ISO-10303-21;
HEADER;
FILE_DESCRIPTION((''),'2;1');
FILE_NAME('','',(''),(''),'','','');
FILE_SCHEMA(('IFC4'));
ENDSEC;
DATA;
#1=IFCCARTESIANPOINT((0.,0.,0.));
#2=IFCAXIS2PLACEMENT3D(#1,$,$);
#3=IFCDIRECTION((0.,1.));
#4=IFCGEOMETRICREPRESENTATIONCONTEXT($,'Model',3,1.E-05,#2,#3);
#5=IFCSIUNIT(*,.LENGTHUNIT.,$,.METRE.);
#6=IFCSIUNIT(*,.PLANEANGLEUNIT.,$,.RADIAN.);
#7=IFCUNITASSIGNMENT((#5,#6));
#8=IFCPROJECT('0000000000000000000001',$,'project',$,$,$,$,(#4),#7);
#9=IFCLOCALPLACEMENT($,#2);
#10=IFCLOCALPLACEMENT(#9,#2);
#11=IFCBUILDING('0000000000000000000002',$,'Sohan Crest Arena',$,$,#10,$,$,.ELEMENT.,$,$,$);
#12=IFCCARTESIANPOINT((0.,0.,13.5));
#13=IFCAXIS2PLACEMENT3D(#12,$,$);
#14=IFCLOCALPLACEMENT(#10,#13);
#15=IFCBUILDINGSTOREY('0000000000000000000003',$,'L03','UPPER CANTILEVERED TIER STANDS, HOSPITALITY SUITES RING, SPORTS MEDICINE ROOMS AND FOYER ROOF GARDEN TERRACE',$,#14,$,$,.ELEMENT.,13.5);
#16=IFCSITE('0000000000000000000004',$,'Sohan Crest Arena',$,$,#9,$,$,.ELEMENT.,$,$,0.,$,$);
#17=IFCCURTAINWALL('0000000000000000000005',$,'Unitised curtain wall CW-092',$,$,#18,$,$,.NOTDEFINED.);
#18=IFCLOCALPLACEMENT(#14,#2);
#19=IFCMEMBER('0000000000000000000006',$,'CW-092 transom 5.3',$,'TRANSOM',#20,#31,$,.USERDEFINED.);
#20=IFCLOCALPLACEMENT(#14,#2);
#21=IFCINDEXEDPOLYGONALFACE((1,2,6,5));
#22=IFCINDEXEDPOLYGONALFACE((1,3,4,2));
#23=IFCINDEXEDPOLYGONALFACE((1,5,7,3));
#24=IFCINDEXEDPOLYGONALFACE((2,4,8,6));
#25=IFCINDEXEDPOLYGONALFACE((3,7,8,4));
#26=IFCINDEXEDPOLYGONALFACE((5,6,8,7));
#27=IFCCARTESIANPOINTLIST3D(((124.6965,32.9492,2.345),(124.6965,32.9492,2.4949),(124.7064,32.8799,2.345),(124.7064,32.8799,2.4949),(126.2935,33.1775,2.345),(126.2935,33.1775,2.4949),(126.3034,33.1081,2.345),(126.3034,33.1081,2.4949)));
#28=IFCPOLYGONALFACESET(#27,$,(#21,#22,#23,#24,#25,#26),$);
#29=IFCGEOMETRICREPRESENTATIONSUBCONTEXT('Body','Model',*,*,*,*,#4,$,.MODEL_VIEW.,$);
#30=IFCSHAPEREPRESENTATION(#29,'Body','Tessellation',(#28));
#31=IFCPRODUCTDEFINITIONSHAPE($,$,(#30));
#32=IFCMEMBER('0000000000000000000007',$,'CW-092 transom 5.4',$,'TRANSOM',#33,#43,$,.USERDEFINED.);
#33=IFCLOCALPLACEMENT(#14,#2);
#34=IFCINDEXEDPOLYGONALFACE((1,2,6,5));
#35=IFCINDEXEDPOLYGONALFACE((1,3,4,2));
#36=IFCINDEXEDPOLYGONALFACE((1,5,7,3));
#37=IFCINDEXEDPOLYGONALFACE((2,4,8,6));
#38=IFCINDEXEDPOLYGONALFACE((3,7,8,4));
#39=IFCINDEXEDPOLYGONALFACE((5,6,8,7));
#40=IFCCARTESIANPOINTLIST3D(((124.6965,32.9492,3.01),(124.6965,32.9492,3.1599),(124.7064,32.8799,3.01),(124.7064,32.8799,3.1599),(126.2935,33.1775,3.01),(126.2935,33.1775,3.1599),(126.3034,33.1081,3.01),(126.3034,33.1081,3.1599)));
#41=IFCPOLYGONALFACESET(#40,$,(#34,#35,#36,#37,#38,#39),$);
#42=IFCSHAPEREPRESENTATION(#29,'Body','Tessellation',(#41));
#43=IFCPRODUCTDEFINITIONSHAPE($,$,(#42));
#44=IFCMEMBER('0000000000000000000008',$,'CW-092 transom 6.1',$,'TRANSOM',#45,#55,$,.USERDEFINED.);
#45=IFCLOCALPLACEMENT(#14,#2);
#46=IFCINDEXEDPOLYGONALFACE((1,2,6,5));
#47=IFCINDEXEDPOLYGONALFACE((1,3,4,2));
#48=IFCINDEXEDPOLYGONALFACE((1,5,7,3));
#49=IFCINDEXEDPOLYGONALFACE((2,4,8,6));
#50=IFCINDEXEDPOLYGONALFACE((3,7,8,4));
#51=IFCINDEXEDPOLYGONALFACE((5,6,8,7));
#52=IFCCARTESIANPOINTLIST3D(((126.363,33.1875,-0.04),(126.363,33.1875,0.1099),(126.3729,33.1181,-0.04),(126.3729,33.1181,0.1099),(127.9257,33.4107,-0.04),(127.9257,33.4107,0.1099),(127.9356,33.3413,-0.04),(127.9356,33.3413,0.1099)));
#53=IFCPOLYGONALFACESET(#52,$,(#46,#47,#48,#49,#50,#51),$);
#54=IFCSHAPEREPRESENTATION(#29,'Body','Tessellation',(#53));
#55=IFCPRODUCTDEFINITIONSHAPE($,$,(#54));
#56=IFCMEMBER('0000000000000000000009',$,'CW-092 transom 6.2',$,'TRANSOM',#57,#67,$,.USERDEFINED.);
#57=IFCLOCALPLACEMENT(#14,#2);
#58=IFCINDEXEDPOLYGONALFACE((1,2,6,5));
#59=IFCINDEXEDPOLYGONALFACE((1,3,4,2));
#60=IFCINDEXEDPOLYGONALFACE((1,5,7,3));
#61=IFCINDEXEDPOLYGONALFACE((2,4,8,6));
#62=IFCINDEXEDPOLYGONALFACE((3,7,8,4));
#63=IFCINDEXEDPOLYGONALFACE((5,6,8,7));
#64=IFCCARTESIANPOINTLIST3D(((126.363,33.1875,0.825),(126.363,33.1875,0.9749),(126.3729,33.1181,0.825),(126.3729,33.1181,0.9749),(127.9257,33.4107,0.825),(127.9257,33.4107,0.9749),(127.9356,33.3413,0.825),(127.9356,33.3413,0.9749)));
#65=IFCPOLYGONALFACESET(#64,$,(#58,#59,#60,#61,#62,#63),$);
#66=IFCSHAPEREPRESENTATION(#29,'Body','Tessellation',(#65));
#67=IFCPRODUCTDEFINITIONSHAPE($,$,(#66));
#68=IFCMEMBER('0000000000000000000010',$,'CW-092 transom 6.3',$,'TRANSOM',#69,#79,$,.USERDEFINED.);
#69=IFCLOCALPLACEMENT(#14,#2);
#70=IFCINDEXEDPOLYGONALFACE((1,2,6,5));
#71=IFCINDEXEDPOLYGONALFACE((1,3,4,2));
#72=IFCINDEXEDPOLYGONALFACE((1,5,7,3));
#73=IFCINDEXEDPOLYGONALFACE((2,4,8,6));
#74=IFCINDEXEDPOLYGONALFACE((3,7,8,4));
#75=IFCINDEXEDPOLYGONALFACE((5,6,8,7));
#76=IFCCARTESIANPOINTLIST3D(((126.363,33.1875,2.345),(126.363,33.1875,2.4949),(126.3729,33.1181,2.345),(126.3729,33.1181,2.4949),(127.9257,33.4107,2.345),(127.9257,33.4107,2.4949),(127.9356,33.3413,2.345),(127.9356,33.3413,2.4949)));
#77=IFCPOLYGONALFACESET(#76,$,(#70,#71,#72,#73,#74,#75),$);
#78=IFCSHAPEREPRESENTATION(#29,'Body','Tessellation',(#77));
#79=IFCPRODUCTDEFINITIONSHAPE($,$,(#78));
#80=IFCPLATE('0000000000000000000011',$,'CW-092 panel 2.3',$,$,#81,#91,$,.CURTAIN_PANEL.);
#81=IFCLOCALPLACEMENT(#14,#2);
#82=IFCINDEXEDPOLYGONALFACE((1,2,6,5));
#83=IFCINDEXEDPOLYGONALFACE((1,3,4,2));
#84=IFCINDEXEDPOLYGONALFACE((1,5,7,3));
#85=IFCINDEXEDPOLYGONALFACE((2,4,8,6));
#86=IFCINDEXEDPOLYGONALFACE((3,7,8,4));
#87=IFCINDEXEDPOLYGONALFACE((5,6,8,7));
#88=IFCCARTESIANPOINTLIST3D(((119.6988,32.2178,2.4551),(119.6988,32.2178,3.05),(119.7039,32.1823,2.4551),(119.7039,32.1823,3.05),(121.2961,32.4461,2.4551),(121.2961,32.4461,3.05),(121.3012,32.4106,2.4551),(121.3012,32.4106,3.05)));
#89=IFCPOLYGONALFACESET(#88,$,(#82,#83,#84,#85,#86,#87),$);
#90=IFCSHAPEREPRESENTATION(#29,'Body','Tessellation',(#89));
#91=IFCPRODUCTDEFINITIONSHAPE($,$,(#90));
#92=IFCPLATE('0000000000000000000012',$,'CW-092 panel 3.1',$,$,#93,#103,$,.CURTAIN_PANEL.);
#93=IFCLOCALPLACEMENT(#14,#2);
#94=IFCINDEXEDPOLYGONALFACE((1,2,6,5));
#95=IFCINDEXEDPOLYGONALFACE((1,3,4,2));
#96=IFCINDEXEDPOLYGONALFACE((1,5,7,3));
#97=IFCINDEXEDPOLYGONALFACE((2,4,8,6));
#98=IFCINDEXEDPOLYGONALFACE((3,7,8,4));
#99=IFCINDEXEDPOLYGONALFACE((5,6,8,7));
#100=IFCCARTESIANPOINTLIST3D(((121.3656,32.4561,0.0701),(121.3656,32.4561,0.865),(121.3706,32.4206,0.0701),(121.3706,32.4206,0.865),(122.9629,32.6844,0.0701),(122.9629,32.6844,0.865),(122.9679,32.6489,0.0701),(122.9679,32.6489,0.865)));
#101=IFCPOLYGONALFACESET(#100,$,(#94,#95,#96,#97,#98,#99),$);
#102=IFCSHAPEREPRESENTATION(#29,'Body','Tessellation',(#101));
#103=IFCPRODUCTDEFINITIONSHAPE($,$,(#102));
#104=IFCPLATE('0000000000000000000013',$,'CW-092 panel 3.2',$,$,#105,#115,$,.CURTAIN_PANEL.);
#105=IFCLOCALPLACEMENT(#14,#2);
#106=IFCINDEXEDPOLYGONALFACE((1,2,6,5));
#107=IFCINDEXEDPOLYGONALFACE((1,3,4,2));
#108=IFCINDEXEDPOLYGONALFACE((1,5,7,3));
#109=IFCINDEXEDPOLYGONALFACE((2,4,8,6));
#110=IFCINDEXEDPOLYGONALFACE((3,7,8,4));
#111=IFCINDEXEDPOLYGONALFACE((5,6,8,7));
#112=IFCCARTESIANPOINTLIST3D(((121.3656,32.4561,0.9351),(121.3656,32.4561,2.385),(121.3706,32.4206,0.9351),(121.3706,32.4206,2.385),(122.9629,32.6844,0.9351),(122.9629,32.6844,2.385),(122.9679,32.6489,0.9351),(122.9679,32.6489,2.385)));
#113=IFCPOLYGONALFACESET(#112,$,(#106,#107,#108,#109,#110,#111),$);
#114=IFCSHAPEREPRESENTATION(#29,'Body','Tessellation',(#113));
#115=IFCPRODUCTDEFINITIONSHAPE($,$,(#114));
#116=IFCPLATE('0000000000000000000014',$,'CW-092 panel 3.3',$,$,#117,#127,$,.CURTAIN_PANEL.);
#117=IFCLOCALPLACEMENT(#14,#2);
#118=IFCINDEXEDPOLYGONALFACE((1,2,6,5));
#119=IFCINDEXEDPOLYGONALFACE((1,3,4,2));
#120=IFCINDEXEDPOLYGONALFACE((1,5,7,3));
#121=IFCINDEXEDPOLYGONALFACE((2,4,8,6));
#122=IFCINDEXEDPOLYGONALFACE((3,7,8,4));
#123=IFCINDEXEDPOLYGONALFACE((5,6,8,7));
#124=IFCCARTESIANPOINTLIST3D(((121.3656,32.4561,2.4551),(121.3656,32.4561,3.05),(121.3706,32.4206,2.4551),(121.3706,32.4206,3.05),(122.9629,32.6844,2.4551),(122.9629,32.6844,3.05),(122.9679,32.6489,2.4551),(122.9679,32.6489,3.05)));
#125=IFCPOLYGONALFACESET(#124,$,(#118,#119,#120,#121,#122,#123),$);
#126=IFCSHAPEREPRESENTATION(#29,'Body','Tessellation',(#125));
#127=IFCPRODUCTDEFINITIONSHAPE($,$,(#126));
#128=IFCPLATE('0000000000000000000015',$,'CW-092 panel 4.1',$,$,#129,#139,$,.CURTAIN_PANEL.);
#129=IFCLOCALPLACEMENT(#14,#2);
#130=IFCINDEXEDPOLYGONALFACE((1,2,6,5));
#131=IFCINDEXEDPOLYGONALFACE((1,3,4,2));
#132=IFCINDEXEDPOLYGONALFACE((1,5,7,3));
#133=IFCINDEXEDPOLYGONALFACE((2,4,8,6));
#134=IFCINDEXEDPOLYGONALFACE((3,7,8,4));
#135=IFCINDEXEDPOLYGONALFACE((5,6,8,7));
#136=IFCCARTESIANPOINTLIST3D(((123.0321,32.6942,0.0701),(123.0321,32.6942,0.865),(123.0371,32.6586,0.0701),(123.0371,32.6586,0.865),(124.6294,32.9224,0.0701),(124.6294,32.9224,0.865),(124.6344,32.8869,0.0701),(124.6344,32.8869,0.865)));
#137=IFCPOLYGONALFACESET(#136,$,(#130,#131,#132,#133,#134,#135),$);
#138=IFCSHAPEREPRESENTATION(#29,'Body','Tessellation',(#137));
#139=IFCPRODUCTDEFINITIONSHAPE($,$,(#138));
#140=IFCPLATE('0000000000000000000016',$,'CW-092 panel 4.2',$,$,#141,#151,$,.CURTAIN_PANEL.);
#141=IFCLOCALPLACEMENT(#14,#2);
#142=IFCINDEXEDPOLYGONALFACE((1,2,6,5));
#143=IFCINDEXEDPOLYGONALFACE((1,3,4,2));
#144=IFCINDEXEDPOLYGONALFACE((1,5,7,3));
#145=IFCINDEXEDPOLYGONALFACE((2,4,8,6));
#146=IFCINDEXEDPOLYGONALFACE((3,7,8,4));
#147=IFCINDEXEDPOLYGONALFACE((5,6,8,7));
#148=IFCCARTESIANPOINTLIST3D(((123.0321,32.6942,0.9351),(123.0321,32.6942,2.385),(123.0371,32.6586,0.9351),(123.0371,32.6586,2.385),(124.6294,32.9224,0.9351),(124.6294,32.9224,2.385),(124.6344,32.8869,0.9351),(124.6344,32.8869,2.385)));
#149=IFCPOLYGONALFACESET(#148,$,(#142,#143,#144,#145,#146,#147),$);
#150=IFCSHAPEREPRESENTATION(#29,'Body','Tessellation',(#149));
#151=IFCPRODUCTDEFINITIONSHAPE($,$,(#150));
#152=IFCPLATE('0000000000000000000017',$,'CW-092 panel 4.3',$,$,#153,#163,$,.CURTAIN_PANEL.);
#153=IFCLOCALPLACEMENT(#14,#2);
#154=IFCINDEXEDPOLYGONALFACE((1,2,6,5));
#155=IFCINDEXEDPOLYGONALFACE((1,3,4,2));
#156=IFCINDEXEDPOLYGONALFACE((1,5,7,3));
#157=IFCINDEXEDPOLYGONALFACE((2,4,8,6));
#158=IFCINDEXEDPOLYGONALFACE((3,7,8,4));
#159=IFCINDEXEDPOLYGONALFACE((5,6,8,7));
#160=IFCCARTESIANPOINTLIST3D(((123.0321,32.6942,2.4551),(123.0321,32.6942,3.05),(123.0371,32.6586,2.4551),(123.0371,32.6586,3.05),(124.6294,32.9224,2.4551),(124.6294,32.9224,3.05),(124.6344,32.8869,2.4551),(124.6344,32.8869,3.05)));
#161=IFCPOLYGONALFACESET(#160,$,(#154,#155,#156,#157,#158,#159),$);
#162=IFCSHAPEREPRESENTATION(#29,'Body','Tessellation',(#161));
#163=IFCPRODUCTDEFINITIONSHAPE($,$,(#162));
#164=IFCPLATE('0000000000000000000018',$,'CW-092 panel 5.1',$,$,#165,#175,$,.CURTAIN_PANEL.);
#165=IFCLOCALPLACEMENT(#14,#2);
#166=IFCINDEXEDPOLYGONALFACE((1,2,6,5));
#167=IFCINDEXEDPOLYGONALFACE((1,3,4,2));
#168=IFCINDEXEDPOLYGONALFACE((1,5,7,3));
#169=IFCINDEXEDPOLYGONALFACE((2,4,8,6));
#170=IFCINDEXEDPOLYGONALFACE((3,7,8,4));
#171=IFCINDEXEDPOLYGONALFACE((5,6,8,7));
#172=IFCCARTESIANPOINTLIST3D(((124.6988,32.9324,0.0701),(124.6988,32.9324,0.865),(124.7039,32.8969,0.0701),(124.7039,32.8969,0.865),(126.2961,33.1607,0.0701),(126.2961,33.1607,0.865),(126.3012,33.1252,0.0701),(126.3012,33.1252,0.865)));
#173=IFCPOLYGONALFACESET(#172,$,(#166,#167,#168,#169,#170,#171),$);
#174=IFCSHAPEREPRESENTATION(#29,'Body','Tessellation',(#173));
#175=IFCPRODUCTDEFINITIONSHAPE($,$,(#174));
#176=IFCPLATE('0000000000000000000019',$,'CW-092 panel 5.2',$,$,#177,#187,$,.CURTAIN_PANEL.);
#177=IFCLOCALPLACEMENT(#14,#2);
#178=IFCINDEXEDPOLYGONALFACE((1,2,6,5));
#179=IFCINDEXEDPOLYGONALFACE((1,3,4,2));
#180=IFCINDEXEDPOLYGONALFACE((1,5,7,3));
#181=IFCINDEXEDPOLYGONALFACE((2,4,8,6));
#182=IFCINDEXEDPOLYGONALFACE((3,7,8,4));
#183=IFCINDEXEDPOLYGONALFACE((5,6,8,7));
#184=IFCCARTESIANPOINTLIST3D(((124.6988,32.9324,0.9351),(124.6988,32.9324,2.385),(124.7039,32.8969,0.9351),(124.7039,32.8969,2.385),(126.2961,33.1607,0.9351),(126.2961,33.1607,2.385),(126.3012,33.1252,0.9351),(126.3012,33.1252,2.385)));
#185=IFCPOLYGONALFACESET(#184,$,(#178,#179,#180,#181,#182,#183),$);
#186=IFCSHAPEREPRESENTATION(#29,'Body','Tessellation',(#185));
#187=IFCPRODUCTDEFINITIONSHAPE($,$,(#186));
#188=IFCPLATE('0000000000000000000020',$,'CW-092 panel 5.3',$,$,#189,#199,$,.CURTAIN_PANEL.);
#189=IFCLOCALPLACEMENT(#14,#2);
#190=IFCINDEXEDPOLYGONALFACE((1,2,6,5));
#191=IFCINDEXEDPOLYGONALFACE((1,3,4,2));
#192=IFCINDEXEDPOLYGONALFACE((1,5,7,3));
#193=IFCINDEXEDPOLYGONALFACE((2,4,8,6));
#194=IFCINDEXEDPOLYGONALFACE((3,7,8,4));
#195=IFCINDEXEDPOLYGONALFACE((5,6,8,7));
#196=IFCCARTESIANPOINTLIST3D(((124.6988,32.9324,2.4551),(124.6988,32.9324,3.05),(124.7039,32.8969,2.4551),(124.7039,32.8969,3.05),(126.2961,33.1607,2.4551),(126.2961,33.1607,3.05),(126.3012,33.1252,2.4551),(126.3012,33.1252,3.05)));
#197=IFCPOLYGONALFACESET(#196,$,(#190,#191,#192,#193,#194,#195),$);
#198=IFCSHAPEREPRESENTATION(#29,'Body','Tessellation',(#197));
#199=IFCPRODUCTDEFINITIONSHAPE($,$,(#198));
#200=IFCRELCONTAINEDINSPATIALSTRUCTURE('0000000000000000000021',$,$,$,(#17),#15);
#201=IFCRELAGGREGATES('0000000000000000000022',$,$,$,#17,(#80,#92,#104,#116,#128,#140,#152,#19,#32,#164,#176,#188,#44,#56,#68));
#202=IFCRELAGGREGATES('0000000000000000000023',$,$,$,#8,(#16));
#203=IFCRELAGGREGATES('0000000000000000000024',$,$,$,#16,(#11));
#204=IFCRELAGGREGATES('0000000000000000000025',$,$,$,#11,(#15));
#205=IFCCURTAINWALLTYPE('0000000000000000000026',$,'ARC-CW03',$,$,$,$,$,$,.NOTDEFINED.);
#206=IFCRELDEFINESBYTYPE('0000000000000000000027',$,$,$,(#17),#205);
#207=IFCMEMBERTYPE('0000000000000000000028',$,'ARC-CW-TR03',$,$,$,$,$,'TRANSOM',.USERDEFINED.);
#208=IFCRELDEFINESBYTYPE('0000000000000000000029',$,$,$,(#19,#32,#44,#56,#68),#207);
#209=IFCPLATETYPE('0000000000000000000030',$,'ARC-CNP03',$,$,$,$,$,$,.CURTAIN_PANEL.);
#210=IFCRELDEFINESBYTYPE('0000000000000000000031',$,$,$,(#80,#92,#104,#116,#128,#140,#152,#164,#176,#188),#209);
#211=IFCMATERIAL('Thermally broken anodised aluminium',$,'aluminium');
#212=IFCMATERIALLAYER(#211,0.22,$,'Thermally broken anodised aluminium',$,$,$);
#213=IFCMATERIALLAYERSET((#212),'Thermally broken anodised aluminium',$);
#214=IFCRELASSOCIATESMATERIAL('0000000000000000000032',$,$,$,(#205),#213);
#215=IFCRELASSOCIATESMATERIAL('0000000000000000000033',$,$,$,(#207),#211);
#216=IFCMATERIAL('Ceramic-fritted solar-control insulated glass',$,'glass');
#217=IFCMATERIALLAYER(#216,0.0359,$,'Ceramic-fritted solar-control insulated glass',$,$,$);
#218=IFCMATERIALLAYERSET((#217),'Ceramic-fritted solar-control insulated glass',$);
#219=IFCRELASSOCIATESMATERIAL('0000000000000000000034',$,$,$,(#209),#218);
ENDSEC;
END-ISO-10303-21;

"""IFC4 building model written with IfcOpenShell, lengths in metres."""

from ifc_helpers import new_model, si_unit, direction, frame, origin, origin_2d, place, context, subcontext, project, spatial, rectangle, extrude, material, layer, layer_set, material_profile, profile_set, type_object, element, aggregate, save


model = new_model("IFC4")

# Units and contexts
model_context = context("Model", 3, precision=1e-05, world=origin(), true_north=direction((0.0, 1.0)))
body_context = subcontext(model_context, "Body", "Model", "MODEL_VIEW")
ifc_project = project(units=[si_unit("LENGTHUNIT", "METRE"), si_unit("PLANEANGLEUNIT", "RADIAN")], contexts=[model_context])

# Site, building, storey
site_placement = place(None, origin())
site = spatial("IfcSite", under=ifc_project, at=site_placement, Name="Sohan Crest Arena", CompositionType="ELEMENT", RefElevation=0.0)
building_placement = place(site_placement, origin())
building = spatial("IfcBuilding", under=site, at=building_placement, Name="Sohan Crest Arena", CompositionType="ELEMENT")
storey_placement = place(building_placement, frame((0.0, 0.0, 13.5)))
storey = spatial("IfcBuildingStorey", under=building, at=storey_placement, Name="L03", Description="UPPER CANTILEVERED TIER STANDS, HOSPITALITY SUITES RING, SPORTS MEDICINE ROOMS AND FOYER ROOF GARDEN TERRACE", CompositionType="ELEMENT", Elevation=13.5)

# Curtain wall, members, plates
ifc_material_1 = material(Name="Thermally broken anodised aluminium", Category="aluminium")
ifc_layer_1 = layer(ifc_material_1, 0.22, Name="Thermally broken anodised aluminium")
ifc_layer_set_1 = layer_set([ifc_layer_1], Name="Thermally broken anodised aluminium")
curtain_wall_type = type_object("IfcCurtainWallType", Name="ARC-CW03", PredefinedType="NOTDEFINED", material=ifc_layer_set_1)
curtain_wall_placement = place(storey_placement, origin())
curtain_wall = element("IfcCurtainWall", 1, at=curtain_wall_placement, inside=storey, type_object=curtain_wall_type, Name="Unitised curtain wall CW-092", PredefinedType="NOTDEFINED")
ifc_material_profile_1 = material_profile(ifc_material_1, rectangle(XDim=0.0701, YDim=0.1499, at=origin_2d()), Name="ALU-TRAN 70x150")
ifc_profile_set_1 = profile_set([ifc_material_profile_1], Name="Thermally broken anodised aluminium")
member_type_1 = type_object("IfcMemberType", Name="ARC-CW-TR03", ElementType="TRANSOM", PredefinedType="USERDEFINED", material=ifc_profile_set_1)
member_1_placement = place(storey_placement, frame((124.7014, 32.9146, 2.4199), z_axis=(0.98994, 0.141485, 0.0), x_axis=(-0.141485, 0.98994, 0.0)))
member_1 = element("IfcMember", 2, at=member_1_placement, type_object=member_type_1, Name="CW-092 transom 5.3", ObjectType="TRANSOM", PredefinedType="USERDEFINED", context=body_context, shape_type="SweptSolid", body=[
    extrude(rectangle(XDim=0.0701, YDim=0.1499, at=origin_2d()), origin(), (0.0, 0.0, 1.0), 1.6133),
])
member_2_placement = place(storey_placement, frame((124.7014, 32.9146, 3.085), z_axis=(0.98994, 0.141485, 0.0), x_axis=(-0.141485, 0.98994, 0.0)))
member_2 = element("IfcMember", 3, at=member_2_placement, type_object=member_type_1, Name="CW-092 transom 5.4", ObjectType="TRANSOM", PredefinedType="USERDEFINED", context=body_context, shape_type="SweptSolid", body=[
    extrude(rectangle(XDim=0.0701, YDim=0.1499, at=origin_2d()), origin(), (0.0, 0.0, 1.0), 1.6133),
])
member_3_placement = place(storey_placement, frame((126.3679, 33.1528, 0.0349), z_axis=(0.989959, 0.141356, 0.0), x_axis=(-0.141356, 0.989959, 0.0)))
member_3 = element("IfcMember", 4, at=member_3_placement, type_object=member_type_1, Name="CW-092 transom 6.1", ObjectType="TRANSOM", PredefinedType="USERDEFINED", context=body_context, shape_type="SweptSolid", body=[
    extrude(rectangle(XDim=0.0701, YDim=0.1499, at=origin_2d()), origin(), (0.0, 0.0, 1.0), 1.5786),
])
member_4_placement = place(storey_placement, frame((126.3679, 33.1528, 0.8999), z_axis=(0.989959, 0.141356, 0.0), x_axis=(-0.141356, 0.989959, 0.0)))
member_4 = element("IfcMember", 5, at=member_4_placement, type_object=member_type_1, Name="CW-092 transom 6.2", ObjectType="TRANSOM", PredefinedType="USERDEFINED", context=body_context, shape_type="SweptSolid", body=[
    extrude(rectangle(XDim=0.0701, YDim=0.1499, at=origin_2d()), origin(), (0.0, 0.0, 1.0), 1.5786),
])
member_5_placement = place(storey_placement, frame((126.3679, 33.1528, 2.4199), z_axis=(0.989959, 0.141356, 0.0), x_axis=(-0.141356, 0.989959, 0.0)))
member_5 = element("IfcMember", 6, at=member_5_placement, type_object=member_type_1, Name="CW-092 transom 6.3", ObjectType="TRANSOM", PredefinedType="USERDEFINED", context=body_context, shape_type="SweptSolid", body=[
    extrude(rectangle(XDim=0.0701, YDim=0.1499, at=origin_2d()), origin(), (0.0, 0.0, 1.0), 1.5786),
])
ifc_material_2 = material(Name="Ceramic-fritted solar-control insulated glass", Category="glass")
ifc_layer_2 = layer(ifc_material_2, 0.0359, Name="Ceramic-fritted solar-control insulated glass")
ifc_layer_set_2 = layer_set([ifc_layer_2], Name="Ceramic-fritted solar-control insulated glass")
plate_type = type_object("IfcPlateType", Name="ARC-CNP03", PredefinedType="CURTAIN_PANEL", material=ifc_layer_set_2)
plate_1_placement = place(storey_placement, frame((120.5, 32.3142, 2.4551), z_axis=(0.0, 0.0, 1.0), x_axis=(0.989944, 0.141463, 0.0)))
plate_1 = element("IfcPlate", 7, at=plate_1_placement, type_object=plate_type, Name="CW-092 panel 2.3", PredefinedType="CURTAIN_PANEL", context=body_context, shape_type="SweptSolid", body=[
    extrude(rectangle(XDim=1.6135, YDim=0.0359, at=origin_2d()), origin(), (0.0, 0.0, 1.0), 0.595),
])
plate_2_placement = place(storey_placement, frame((122.1667, 32.5525, 0.0701), z_axis=(0.0, 0.0, 1.0), x_axis=(0.989944, 0.141463, 0.0)))
plate_2 = element("IfcPlate", 8, at=plate_2_placement, type_object=plate_type, Name="CW-092 panel 3.1", PredefinedType="CURTAIN_PANEL", context=body_context, shape_type="SweptSolid", body=[
    extrude(rectangle(XDim=1.6135, YDim=0.0359, at=origin_2d()), origin(), (0.0, 0.0, 1.0), 0.7949),
])
plate_3_placement = place(storey_placement, frame((122.1667, 32.5525, 0.9351), z_axis=(0.0, 0.0, 1.0), x_axis=(0.989944, 0.141463, 0.0)))
plate_3 = element("IfcPlate", 9, at=plate_3_placement, type_object=plate_type, Name="CW-092 panel 3.2", PredefinedType="CURTAIN_PANEL", context=body_context, shape_type="SweptSolid", body=[
    extrude(rectangle(XDim=1.6135, YDim=0.0359, at=origin_2d()), origin(), (0.0, 0.0, 1.0), 1.45),
])
plate_4_placement = place(storey_placement, frame((122.1667, 32.5525, 2.4551), z_axis=(0.0, 0.0, 1.0), x_axis=(0.989944, 0.141463, 0.0)))
plate_4 = element("IfcPlate", 10, at=plate_4_placement, type_object=plate_type, Name="CW-092 panel 3.3", PredefinedType="CURTAIN_PANEL", context=body_context, shape_type="SweptSolid", body=[
    extrude(rectangle(XDim=1.6135, YDim=0.0359, at=origin_2d()), origin(), (0.0, 0.0, 1.0), 0.595),
])
plate_5_placement = place(storey_placement, frame((123.8333, 32.7905, 0.0701), z_axis=(0.0, 0.0, 1.0), x_axis=(0.989944, 0.141463, 0.0)))
plate_5 = element("IfcPlate", 11, at=plate_5_placement, type_object=plate_type, Name="CW-092 panel 4.1", PredefinedType="CURTAIN_PANEL", context=body_context, shape_type="SweptSolid", body=[
    extrude(rectangle(XDim=1.6135, YDim=0.0359, at=origin_2d()), origin(), (0.0, 0.0, 1.0), 0.7949),
])
plate_6_placement = place(storey_placement, frame((123.8333, 32.7905, 0.9351), z_axis=(0.0, 0.0, 1.0), x_axis=(0.989944, 0.141463, 0.0)))
plate_6 = element("IfcPlate", 12, at=plate_6_placement, type_object=plate_type, Name="CW-092 panel 4.2", PredefinedType="CURTAIN_PANEL", context=body_context, shape_type="SweptSolid", body=[
    extrude(rectangle(XDim=1.6135, YDim=0.0359, at=origin_2d()), origin(), (0.0, 0.0, 1.0), 1.45),
])
plate_7_placement = place(storey_placement, frame((123.8333, 32.7905, 2.4551), z_axis=(0.0, 0.0, 1.0), x_axis=(0.989944, 0.141463, 0.0)))
plate_7 = element("IfcPlate", 13, at=plate_7_placement, type_object=plate_type, Name="CW-092 panel 4.3", PredefinedType="CURTAIN_PANEL", context=body_context, shape_type="SweptSolid", body=[
    extrude(rectangle(XDim=1.6135, YDim=0.0359, at=origin_2d()), origin(), (0.0, 0.0, 1.0), 0.595),
])
plate_8_placement = place(storey_placement, frame((125.5, 33.0288, 0.0701), z_axis=(0.0, 0.0, 1.0), x_axis=(0.989944, 0.141463, 0.0)))
plate_8 = element("IfcPlate", 14, at=plate_8_placement, type_object=plate_type, Name="CW-092 panel 5.1", PredefinedType="CURTAIN_PANEL", context=body_context, shape_type="SweptSolid", body=[
    extrude(rectangle(XDim=1.6135, YDim=0.0359, at=origin_2d()), origin(), (0.0, 0.0, 1.0), 0.7949),
])
plate_9_placement = place(storey_placement, frame((125.5, 33.0288, 0.9351), z_axis=(0.0, 0.0, 1.0), x_axis=(0.989944, 0.141463, 0.0)))
plate_9 = element("IfcPlate", 15, at=plate_9_placement, type_object=plate_type, Name="CW-092 panel 5.2", PredefinedType="CURTAIN_PANEL", context=body_context, shape_type="SweptSolid", body=[
    extrude(rectangle(XDim=1.6135, YDim=0.0359, at=origin_2d()), origin(), (0.0, 0.0, 1.0), 1.45),
])
plate_10_placement = place(storey_placement, frame((125.5, 33.0288, 2.4551), z_axis=(0.0, 0.0, 1.0), x_axis=(0.989944, 0.141463, 0.0)))
plate_10 = element("IfcPlate", 16, at=plate_10_placement, type_object=plate_type, Name="CW-092 panel 5.3", PredefinedType="CURTAIN_PANEL", context=body_context, shape_type="SweptSolid", body=[
    extrude(rectangle(XDim=1.6135, YDim=0.0359, at=origin_2d()), origin(), (0.0, 0.0, 1.0), 0.595),
])
aggregate(curtain_wall, [plate_1, plate_2, plate_3, plate_4, plate_5, plate_6, plate_7, member_1, member_2, plate_8, plate_9, plate_10, member_3, member_4, member_5])

save(model, "model.ifc")
